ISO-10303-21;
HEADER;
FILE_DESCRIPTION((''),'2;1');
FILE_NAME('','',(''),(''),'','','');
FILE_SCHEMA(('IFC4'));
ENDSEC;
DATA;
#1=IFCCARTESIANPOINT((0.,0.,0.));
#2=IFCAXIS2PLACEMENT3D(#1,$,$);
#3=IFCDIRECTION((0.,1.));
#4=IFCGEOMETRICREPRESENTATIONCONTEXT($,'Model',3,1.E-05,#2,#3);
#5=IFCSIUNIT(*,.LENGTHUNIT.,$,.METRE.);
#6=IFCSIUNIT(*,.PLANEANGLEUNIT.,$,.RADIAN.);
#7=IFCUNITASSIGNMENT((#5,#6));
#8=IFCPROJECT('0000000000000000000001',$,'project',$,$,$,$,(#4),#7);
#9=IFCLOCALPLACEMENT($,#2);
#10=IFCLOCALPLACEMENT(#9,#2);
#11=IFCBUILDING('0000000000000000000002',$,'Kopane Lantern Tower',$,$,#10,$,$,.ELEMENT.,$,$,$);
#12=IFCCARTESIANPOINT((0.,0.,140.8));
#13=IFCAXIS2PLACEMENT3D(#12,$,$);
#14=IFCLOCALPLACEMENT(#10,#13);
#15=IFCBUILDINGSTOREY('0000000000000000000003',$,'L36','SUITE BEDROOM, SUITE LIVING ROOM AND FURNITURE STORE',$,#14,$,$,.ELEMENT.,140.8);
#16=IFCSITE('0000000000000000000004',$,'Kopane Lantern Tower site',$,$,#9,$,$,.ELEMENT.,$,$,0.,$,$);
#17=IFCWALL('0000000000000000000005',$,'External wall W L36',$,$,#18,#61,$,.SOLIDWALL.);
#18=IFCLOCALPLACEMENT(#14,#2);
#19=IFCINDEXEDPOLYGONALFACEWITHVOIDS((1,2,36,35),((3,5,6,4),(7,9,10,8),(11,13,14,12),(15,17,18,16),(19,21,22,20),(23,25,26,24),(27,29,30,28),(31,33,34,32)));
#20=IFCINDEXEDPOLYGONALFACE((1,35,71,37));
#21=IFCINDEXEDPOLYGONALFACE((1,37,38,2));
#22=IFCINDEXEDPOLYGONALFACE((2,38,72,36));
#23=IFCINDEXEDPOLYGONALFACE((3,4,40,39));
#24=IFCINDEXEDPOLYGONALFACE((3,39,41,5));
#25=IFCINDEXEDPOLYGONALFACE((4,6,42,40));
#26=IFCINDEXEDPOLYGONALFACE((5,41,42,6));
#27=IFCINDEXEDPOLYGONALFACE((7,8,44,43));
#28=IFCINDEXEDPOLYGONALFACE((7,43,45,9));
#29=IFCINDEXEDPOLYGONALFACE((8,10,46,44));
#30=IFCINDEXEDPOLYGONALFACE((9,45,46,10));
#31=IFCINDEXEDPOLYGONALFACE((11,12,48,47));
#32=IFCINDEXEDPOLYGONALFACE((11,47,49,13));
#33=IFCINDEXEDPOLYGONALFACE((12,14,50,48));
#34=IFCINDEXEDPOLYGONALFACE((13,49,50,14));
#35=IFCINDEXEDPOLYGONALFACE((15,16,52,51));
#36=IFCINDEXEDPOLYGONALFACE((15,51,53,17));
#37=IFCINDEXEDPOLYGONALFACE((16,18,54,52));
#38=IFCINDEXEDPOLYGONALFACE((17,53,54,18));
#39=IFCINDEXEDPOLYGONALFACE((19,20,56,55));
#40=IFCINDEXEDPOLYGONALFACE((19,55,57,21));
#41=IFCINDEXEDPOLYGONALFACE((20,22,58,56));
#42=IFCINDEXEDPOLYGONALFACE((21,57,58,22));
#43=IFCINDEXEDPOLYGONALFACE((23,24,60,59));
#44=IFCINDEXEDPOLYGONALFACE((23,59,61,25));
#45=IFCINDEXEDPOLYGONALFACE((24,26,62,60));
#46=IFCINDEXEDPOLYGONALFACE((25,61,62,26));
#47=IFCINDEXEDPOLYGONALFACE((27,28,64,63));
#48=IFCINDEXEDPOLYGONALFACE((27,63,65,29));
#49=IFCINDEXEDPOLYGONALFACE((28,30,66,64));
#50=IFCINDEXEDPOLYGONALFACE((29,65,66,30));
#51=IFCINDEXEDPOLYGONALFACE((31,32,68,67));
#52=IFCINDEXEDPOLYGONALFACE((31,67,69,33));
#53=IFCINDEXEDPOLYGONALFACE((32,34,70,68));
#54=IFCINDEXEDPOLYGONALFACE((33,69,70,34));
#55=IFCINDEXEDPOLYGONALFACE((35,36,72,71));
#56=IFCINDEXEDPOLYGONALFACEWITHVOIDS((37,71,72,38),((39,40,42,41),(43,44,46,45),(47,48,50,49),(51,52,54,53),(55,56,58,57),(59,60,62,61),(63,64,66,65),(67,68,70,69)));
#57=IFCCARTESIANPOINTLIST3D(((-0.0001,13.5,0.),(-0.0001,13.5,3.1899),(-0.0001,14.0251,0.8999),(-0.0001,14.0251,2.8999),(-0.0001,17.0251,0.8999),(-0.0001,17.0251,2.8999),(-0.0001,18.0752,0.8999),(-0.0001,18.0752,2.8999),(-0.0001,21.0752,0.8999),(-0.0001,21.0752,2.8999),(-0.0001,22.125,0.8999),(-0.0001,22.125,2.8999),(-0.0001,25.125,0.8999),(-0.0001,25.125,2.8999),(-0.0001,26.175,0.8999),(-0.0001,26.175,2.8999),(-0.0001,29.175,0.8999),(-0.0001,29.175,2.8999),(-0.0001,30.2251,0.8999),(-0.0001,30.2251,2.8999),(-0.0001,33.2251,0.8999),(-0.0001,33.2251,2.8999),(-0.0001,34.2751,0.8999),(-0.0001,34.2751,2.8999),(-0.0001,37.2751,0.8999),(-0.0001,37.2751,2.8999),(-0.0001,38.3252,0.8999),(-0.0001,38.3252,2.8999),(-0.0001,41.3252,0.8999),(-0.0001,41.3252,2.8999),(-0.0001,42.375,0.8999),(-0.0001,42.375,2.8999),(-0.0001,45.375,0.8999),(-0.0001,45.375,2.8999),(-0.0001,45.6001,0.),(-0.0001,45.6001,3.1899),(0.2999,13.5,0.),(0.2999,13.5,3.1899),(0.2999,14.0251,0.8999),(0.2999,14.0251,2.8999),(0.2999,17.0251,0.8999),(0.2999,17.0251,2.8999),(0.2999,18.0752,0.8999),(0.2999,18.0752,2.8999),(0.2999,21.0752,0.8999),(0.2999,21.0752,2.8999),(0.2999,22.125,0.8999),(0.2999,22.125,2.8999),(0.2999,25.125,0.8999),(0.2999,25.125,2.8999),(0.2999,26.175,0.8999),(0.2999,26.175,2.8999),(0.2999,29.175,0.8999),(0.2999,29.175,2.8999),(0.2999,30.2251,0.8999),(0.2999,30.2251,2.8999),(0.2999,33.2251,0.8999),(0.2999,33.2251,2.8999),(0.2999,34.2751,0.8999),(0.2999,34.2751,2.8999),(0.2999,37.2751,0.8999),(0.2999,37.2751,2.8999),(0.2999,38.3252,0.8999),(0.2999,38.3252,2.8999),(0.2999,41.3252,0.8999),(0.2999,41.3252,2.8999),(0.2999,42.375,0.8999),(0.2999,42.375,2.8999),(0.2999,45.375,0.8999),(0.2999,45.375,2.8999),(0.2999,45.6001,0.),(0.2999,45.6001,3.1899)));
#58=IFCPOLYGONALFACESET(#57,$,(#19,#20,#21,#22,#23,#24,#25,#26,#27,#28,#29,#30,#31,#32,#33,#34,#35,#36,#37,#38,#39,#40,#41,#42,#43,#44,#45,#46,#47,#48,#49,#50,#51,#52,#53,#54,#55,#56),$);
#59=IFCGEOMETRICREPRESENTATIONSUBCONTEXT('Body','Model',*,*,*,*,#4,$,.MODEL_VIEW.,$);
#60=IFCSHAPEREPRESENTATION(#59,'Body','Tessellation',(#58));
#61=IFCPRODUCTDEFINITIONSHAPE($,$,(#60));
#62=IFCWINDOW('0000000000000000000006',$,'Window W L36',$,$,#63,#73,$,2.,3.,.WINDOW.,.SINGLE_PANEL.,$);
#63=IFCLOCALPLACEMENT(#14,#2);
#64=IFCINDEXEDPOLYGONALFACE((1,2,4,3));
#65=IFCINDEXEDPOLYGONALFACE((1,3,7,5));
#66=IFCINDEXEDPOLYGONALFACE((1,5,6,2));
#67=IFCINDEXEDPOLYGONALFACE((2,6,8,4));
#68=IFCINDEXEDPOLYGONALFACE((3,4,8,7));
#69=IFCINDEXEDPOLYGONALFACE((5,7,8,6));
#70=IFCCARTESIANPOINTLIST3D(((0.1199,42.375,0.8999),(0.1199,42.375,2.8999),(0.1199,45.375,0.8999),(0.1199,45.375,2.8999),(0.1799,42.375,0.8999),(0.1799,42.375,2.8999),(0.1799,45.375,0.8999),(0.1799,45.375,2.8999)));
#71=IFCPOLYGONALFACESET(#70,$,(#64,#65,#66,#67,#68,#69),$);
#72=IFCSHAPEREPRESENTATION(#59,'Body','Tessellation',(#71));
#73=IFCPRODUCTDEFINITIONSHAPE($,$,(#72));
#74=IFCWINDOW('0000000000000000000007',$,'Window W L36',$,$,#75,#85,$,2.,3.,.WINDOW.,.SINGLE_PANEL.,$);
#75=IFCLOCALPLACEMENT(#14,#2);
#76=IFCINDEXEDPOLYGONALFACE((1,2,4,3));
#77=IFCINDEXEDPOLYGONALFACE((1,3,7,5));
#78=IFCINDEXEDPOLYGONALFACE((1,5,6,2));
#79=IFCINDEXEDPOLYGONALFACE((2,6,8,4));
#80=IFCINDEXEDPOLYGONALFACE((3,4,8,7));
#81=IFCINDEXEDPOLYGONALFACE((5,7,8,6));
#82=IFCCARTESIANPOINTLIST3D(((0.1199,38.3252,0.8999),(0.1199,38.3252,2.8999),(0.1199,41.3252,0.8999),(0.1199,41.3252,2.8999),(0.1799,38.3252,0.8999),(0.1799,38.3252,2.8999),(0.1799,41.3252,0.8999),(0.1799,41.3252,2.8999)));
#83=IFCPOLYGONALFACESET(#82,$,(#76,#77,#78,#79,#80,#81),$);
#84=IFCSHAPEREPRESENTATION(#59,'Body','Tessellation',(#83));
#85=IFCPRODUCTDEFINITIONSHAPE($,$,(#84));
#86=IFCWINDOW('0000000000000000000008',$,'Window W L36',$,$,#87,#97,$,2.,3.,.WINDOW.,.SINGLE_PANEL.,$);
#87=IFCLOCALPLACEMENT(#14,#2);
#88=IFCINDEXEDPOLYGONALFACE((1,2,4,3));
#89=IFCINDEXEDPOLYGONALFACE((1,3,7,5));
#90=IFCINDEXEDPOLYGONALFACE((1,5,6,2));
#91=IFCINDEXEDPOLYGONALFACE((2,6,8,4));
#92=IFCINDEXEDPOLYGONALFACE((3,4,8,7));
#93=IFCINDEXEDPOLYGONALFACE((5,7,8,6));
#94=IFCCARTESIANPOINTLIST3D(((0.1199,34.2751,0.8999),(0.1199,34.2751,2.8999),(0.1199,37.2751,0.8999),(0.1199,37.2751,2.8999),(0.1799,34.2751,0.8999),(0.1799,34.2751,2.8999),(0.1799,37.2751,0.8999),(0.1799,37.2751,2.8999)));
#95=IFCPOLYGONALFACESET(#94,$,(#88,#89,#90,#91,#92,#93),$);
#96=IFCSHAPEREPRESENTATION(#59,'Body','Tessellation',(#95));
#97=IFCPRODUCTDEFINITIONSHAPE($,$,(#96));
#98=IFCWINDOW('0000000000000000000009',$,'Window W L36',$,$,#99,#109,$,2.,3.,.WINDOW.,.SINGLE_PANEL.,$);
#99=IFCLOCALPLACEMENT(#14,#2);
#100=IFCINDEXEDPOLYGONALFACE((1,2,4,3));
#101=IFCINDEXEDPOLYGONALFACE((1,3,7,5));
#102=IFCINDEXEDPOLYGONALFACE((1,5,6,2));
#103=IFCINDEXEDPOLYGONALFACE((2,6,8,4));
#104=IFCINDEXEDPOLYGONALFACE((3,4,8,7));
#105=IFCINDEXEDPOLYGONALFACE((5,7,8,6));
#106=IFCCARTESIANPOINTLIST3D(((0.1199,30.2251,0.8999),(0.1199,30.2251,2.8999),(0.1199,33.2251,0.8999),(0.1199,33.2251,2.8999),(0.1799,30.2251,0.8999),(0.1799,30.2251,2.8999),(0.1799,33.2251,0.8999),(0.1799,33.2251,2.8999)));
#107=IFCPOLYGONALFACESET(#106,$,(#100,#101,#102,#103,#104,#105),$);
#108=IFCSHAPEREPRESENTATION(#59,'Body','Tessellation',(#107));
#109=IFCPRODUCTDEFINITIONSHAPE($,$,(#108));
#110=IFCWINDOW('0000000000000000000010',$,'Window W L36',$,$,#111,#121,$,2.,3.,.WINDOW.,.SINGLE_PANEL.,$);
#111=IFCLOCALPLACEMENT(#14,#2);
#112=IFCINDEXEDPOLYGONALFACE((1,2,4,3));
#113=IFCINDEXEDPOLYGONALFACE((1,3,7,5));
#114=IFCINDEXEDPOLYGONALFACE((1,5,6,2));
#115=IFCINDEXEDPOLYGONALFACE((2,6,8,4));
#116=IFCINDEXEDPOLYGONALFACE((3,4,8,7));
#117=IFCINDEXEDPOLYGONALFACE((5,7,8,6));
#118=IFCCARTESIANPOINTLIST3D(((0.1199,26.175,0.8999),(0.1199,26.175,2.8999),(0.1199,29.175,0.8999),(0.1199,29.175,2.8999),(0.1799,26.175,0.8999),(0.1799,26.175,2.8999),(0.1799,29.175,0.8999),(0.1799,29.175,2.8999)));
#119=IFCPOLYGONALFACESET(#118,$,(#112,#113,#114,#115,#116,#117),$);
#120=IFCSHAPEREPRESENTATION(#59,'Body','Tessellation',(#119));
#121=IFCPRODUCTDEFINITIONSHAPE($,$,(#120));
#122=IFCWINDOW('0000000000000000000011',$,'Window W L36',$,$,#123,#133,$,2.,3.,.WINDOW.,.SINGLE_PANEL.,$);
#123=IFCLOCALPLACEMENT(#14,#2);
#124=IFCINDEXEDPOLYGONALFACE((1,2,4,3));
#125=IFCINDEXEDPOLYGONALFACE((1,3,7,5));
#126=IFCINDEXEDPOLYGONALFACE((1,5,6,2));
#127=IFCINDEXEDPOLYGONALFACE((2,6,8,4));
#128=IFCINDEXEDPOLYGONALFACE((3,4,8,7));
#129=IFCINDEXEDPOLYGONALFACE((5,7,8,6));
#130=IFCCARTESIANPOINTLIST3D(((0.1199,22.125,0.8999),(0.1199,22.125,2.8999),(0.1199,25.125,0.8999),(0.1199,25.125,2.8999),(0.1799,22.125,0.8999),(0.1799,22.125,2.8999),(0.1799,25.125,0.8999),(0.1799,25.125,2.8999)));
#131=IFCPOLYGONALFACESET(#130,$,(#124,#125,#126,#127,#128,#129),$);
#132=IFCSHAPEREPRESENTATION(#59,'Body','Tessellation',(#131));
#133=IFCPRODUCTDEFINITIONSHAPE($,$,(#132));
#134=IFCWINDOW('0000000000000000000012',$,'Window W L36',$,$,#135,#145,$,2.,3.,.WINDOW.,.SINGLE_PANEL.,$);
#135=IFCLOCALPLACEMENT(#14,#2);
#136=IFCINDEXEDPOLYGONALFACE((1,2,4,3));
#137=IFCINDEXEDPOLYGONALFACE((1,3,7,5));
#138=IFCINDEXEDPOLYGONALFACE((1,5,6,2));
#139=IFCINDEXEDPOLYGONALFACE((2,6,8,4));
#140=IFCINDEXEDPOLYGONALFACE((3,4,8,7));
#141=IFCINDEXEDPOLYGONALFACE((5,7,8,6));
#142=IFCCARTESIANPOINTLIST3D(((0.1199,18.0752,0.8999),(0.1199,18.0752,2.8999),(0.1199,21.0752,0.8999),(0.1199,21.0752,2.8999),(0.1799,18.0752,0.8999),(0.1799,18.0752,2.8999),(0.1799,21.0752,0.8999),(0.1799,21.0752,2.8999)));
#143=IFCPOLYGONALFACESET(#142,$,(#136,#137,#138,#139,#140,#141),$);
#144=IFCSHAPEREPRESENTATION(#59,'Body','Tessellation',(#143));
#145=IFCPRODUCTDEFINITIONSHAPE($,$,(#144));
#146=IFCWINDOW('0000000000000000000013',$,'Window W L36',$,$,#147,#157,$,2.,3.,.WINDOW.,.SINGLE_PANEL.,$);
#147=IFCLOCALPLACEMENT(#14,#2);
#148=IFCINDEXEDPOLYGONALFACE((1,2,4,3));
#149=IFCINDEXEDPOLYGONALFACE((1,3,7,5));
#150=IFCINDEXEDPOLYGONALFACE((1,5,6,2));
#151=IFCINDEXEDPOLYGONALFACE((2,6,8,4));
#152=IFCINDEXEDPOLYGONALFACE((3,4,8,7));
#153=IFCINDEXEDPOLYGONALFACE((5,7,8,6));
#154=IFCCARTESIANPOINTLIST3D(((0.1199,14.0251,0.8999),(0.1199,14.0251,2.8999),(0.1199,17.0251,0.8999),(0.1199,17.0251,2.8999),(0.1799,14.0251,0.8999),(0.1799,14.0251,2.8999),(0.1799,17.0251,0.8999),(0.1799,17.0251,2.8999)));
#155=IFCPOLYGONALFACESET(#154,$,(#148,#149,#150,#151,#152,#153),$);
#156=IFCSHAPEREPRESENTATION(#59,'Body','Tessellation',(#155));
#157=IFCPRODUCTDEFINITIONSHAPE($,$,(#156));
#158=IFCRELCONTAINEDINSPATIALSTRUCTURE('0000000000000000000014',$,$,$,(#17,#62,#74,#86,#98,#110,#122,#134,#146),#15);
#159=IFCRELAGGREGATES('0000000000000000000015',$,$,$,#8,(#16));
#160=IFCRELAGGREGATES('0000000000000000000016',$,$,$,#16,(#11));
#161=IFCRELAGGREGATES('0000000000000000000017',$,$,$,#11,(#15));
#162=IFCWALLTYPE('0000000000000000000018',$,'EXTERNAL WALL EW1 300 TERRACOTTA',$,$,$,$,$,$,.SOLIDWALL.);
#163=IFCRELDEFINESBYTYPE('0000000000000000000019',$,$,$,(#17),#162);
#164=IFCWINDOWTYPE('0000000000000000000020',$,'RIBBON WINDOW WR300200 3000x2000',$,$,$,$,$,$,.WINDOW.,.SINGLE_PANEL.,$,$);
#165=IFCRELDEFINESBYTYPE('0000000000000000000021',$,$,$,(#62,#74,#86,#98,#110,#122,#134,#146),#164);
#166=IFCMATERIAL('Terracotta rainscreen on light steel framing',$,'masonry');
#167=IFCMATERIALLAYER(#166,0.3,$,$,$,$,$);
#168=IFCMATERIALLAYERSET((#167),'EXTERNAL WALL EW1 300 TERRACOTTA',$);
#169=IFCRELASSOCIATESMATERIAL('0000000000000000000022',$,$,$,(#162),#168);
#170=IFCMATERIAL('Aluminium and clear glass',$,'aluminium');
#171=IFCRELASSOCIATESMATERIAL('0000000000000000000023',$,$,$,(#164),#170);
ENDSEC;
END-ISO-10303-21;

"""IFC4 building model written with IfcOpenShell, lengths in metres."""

from ifc_helpers import new_model, si_unit, direction, frame, frame_2d, origin, place, context, subcontext, project, spatial, rectangle, extrude, material, layer, layer_set, type_object, element, fill, save


model = new_model("IFC4")

# Units and contexts
model_context = context("Model", 3, precision=1e-05, world=origin(), true_north=direction((0.0, 1.0)))
body_context = subcontext(model_context, "Body", "Model", "MODEL_VIEW")
ifc_project = project(units=[si_unit("LENGTHUNIT", "METRE"), si_unit("PLANEANGLEUNIT", "RADIAN")], contexts=[model_context])

# Site, building, storey
site_placement = place(None, origin())
site = spatial("IfcSite", under=ifc_project, at=site_placement, Name="Kopane Lantern Tower site", CompositionType="ELEMENT", RefElevation=0.0)
building_placement = place(site_placement, origin())
building = spatial("IfcBuilding", under=site, at=building_placement, Name="Kopane Lantern Tower", CompositionType="ELEMENT")
storey_placement = place(building_placement, frame((0.0, 0.0, 140.8)))
storey = spatial("IfcBuildingStorey", under=building, at=storey_placement, Name="L36", Description="SUITE BEDROOM, SUITE LIVING ROOM AND FURNITURE STORE", CompositionType="ELEMENT", Elevation=140.8)

# Shared definitions
ifc_material_1 = material(Name="Terracotta rainscreen on light steel framing", Category="masonry")
ifc_layer_1 = layer(ifc_material_1, 0.3)
ifc_layer_set_1 = layer_set([ifc_layer_1], Name="EXTERNAL WALL EW1 300 TERRACOTTA")
wall_type_1 = type_object("IfcWallType", Name="EXTERNAL WALL EW1 300 TERRACOTTA", PredefinedType="SOLIDWALL", material=ifc_layer_set_1)

# Wall, openings, windows
wall_1_placement = place(storey_placement, frame((0.1499, 45.6001, 0.0), z_axis=(0.0, 0.0, 1.0), x_axis=(0.0, -1.0, 0.0)))
wall_1 = element("IfcWall", 1, at=wall_1_placement, inside=storey, type_object=wall_type_1, Name="External wall W L36", PredefinedType="SOLIDWALL", context=body_context, shape_type="SweptSolid", body=[
    extrude(rectangle(XDim=32.1001, YDim=0.3, at=frame_2d((16.05, 0.0))), origin(), (0.0, 0.0, 1.0), 3.1899),
])
opening_1_placement = place(wall_1_placement, frame((0.2251, 0.0, 0.8999)))
opening_1 = element("IfcOpeningElement", 2, at=opening_1_placement, cuts=wall_1, PredefinedType="OPENING", context=body_context, shape_type="SweptSolid", body=[
    extrude(rectangle(XDim=3.0, YDim=2.0, at=frame_2d((1.5, 1.0))), frame((0.0, 0.1599, 0.0), z_axis=(0.0, -1.0, 0.0), x_axis=(1.0, 0.0, 0.0)), (0.0, 0.0, 1.0), 0.3201),
])
opening_2_placement = place(wall_1_placement, frame((4.2749, 0.0, 0.8999)))
opening_2 = element("IfcOpeningElement", 3, at=opening_2_placement, cuts=wall_1, PredefinedType="OPENING", context=body_context, shape_type="SweptSolid", body=[
    extrude(rectangle(XDim=3.0, YDim=2.0, at=frame_2d((1.5, 1.0))), frame((0.0, 0.1599, 0.0), z_axis=(0.0, -1.0, 0.0), x_axis=(1.0, 0.0, 0.0)), (0.0, 0.0, 1.0), 0.3201),
])
opening_3_placement = place(wall_1_placement, frame((8.325, 0.0, 0.8999)))
opening_3 = element("IfcOpeningElement", 4, at=opening_3_placement, cuts=wall_1, PredefinedType="OPENING", context=body_context, shape_type="SweptSolid", body=[
    extrude(rectangle(XDim=3.0, YDim=2.0, at=frame_2d((1.5, 1.0))), frame((0.0, 0.1599, 0.0), z_axis=(0.0, -1.0, 0.0), x_axis=(1.0, 0.0, 0.0)), (0.0, 0.0, 1.0), 0.3201),
])
opening_4_placement = place(wall_1_placement, frame((12.375, 0.0, 0.8999)))
opening_4 = element("IfcOpeningElement", 5, at=opening_4_placement, cuts=wall_1, PredefinedType="OPENING", context=body_context, shape_type="SweptSolid", body=[
    extrude(rectangle(XDim=3.0, YDim=2.0, at=frame_2d((1.5, 1.0))), frame((0.0, 0.1599, 0.0), z_axis=(0.0, -1.0, 0.0), x_axis=(1.0, 0.0, 0.0)), (0.0, 0.0, 1.0), 0.3201),
])
opening_5_placement = place(wall_1_placement, frame((16.425, 0.0, 0.8999)))
opening_5 = element("IfcOpeningElement", 6, at=opening_5_placement, cuts=wall_1, PredefinedType="OPENING", context=body_context, shape_type="SweptSolid", body=[
    extrude(rectangle(XDim=3.0, YDim=2.0, at=frame_2d((1.5, 1.0))), frame((0.0, 0.1599, 0.0), z_axis=(0.0, -1.0, 0.0), x_axis=(1.0, 0.0, 0.0)), (0.0, 0.0, 1.0), 0.3201),
])
opening_6_placement = place(wall_1_placement, frame((20.4751, 0.0, 0.8999)))
opening_6 = element("IfcOpeningElement", 7, at=opening_6_placement, cuts=wall_1, PredefinedType="OPENING", context=body_context, shape_type="SweptSolid", body=[
    extrude(rectangle(XDim=3.0, YDim=2.0, at=frame_2d((1.5, 1.0))), frame((0.0, 0.1599, 0.0), z_axis=(0.0, -1.0, 0.0), x_axis=(1.0, 0.0, 0.0)), (0.0, 0.0, 1.0), 0.3201),
])
opening_7_placement = place(wall_1_placement, frame((24.5249, 0.0, 0.8999)))
opening_7 = element("IfcOpeningElement", 8, at=opening_7_placement, cuts=wall_1, PredefinedType="OPENING", context=body_context, shape_type="SweptSolid", body=[
    extrude(rectangle(XDim=3.0, YDim=2.0, at=frame_2d((1.5, 1.0))), frame((0.0, 0.1599, 0.0), z_axis=(0.0, -1.0, 0.0), x_axis=(1.0, 0.0, 0.0)), (0.0, 0.0, 1.0), 0.3201),
])
opening_8_placement = place(wall_1_placement, frame((28.575, 0.0, 0.8999)))
opening_8 = element("IfcOpeningElement", 9, at=opening_8_placement, cuts=wall_1, PredefinedType="OPENING", context=body_context, shape_type="SweptSolid", body=[
    extrude(rectangle(XDim=3.0, YDim=2.0, at=frame_2d((1.5, 1.0))), frame((0.0, 0.1599, 0.0), z_axis=(0.0, -1.0, 0.0), x_axis=(1.0, 0.0, 0.0)), (0.0, 0.0, 1.0), 0.3201),
])
ifc_material_2 = material(Name="Aluminium and clear glass", Category="aluminium")
window_type_1 = type_object("IfcWindowType", Name="RIBBON WINDOW WR300200 3000x2000", PartitioningType="SINGLE_PANEL", PredefinedType="WINDOW", material=ifc_material_2)
window_1_placement = place(opening_1_placement, origin())
window_1 = element("IfcWindow", 10, at=window_1_placement, inside=storey, type_object=window_type_1, Name="Window W L36", OverallHeight=2.0, OverallWidth=3.0, PartitioningType="SINGLE_PANEL", PredefinedType="WINDOW", context=body_context, shape_type="SweptSolid", body=[
    extrude(rectangle(XDim=3.0, YDim=2.0, at=frame_2d((1.5, 1.0))), frame((0.0, 0.03, 0.0), z_axis=(0.0, -1.0, 0.0), x_axis=(1.0, 0.0, 0.0)), (0.0, 0.0, 1.0), 0.0601),
])
fill(opening_1, window_1)
window_2_placement = place(opening_2_placement, origin())
window_2 = element("IfcWindow", 11, at=window_2_placement, inside=storey, type_object=window_type_1, Name="Window W L36", OverallHeight=2.0, OverallWidth=3.0, PartitioningType="SINGLE_PANEL", PredefinedType="WINDOW", context=body_context, shape_type="SweptSolid", body=[
    extrude(rectangle(XDim=3.0, YDim=2.0, at=frame_2d((1.5, 1.0))), frame((0.0, 0.03, 0.0), z_axis=(0.0, -1.0, 0.0), x_axis=(1.0, 0.0, 0.0)), (0.0, 0.0, 1.0), 0.0601),
])
fill(opening_2, window_2)
window_3_placement = place(opening_3_placement, origin())
window_3 = element("IfcWindow", 12, at=window_3_placement, inside=storey, type_object=window_type_1, Name="Window W L36", OverallHeight=2.0, OverallWidth=3.0, PartitioningType="SINGLE_PANEL", PredefinedType="WINDOW", context=body_context, shape_type="SweptSolid", body=[
    extrude(rectangle(XDim=3.0, YDim=2.0, at=frame_2d((1.5, 1.0))), frame((0.0, 0.03, 0.0), z_axis=(0.0, -1.0, 0.0), x_axis=(1.0, 0.0, 0.0)), (0.0, 0.0, 1.0), 0.0601),
])
fill(opening_3, window_3)
window_4_placement = place(opening_4_placement, origin())
window_4 = element("IfcWindow", 13, at=window_4_placement, inside=storey, type_object=window_type_1, Name="Window W L36", OverallHeight=2.0, OverallWidth=3.0, PartitioningType="SINGLE_PANEL", PredefinedType="WINDOW", context=body_context, shape_type="SweptSolid", body=[
    extrude(rectangle(XDim=3.0, YDim=2.0, at=frame_2d((1.5, 1.0))), frame((0.0, 0.03, 0.0), z_axis=(0.0, -1.0, 0.0), x_axis=(1.0, 0.0, 0.0)), (0.0, 0.0, 1.0), 0.0601),
])
fill(opening_4, window_4)
window_5_placement = place(opening_5_placement, origin())
window_5 = element("IfcWindow", 14, at=window_5_placement, inside=storey, type_object=window_type_1, Name="Window W L36", OverallHeight=2.0, OverallWidth=3.0, PartitioningType="SINGLE_PANEL", PredefinedType="WINDOW", context=body_context, shape_type="SweptSolid", body=[
    extrude(rectangle(XDim=3.0, YDim=2.0, at=frame_2d((1.5, 1.0))), frame((0.0, 0.03, 0.0), z_axis=(0.0, -1.0, 0.0), x_axis=(1.0, 0.0, 0.0)), (0.0, 0.0, 1.0), 0.0601),
])
fill(opening_5, window_5)
window_6_placement = place(opening_6_placement, origin())
window_6 = element("IfcWindow", 15, at=window_6_placement, inside=storey, type_object=window_type_1, Name="Window W L36", OverallHeight=2.0, OverallWidth=3.0, PartitioningType="SINGLE_PANEL", PredefinedType="WINDOW", context=body_context, shape_type="SweptSolid", body=[
    extrude(rectangle(XDim=3.0, YDim=2.0, at=frame_2d((1.5, 1.0))), frame((0.0, 0.03, 0.0), z_axis=(0.0, -1.0, 0.0), x_axis=(1.0, 0.0, 0.0)), (0.0, 0.0, 1.0), 0.0601),
])
fill(opening_6, window_6)
window_7_placement = place(opening_7_placement, origin())
window_7 = element("IfcWindow", 16, at=window_7_placement, inside=storey, type_object=window_type_1, Name="Window W L36", OverallHeight=2.0, OverallWidth=3.0, PartitioningType="SINGLE_PANEL", PredefinedType="WINDOW", context=body_context, shape_type="SweptSolid", body=[
    extrude(rectangle(XDim=3.0, YDim=2.0, at=frame_2d((1.5, 1.0))), frame((0.0, 0.03, 0.0), z_axis=(0.0, -1.0, 0.0), x_axis=(1.0, 0.0, 0.0)), (0.0, 0.0, 1.0), 0.0601),
])
fill(opening_7, window_7)
window_8_placement = place(opening_8_placement, origin())
window_8 = element("IfcWindow", 17, at=window_8_placement, inside=storey, type_object=window_type_1, Name="Window W L36", OverallHeight=2.0, OverallWidth=3.0, PartitioningType="SINGLE_PANEL", PredefinedType="WINDOW", context=body_context, shape_type="SweptSolid", body=[
    extrude(rectangle(XDim=3.0, YDim=2.0, at=frame_2d((1.5, 1.0))), frame((0.0, 0.03, 0.0), z_axis=(0.0, -1.0, 0.0), x_axis=(1.0, 0.0, 0.0)), (0.0, 0.0, 1.0), 0.0601),
])
fill(opening_8, window_8)

save(model, "model.ifc")
